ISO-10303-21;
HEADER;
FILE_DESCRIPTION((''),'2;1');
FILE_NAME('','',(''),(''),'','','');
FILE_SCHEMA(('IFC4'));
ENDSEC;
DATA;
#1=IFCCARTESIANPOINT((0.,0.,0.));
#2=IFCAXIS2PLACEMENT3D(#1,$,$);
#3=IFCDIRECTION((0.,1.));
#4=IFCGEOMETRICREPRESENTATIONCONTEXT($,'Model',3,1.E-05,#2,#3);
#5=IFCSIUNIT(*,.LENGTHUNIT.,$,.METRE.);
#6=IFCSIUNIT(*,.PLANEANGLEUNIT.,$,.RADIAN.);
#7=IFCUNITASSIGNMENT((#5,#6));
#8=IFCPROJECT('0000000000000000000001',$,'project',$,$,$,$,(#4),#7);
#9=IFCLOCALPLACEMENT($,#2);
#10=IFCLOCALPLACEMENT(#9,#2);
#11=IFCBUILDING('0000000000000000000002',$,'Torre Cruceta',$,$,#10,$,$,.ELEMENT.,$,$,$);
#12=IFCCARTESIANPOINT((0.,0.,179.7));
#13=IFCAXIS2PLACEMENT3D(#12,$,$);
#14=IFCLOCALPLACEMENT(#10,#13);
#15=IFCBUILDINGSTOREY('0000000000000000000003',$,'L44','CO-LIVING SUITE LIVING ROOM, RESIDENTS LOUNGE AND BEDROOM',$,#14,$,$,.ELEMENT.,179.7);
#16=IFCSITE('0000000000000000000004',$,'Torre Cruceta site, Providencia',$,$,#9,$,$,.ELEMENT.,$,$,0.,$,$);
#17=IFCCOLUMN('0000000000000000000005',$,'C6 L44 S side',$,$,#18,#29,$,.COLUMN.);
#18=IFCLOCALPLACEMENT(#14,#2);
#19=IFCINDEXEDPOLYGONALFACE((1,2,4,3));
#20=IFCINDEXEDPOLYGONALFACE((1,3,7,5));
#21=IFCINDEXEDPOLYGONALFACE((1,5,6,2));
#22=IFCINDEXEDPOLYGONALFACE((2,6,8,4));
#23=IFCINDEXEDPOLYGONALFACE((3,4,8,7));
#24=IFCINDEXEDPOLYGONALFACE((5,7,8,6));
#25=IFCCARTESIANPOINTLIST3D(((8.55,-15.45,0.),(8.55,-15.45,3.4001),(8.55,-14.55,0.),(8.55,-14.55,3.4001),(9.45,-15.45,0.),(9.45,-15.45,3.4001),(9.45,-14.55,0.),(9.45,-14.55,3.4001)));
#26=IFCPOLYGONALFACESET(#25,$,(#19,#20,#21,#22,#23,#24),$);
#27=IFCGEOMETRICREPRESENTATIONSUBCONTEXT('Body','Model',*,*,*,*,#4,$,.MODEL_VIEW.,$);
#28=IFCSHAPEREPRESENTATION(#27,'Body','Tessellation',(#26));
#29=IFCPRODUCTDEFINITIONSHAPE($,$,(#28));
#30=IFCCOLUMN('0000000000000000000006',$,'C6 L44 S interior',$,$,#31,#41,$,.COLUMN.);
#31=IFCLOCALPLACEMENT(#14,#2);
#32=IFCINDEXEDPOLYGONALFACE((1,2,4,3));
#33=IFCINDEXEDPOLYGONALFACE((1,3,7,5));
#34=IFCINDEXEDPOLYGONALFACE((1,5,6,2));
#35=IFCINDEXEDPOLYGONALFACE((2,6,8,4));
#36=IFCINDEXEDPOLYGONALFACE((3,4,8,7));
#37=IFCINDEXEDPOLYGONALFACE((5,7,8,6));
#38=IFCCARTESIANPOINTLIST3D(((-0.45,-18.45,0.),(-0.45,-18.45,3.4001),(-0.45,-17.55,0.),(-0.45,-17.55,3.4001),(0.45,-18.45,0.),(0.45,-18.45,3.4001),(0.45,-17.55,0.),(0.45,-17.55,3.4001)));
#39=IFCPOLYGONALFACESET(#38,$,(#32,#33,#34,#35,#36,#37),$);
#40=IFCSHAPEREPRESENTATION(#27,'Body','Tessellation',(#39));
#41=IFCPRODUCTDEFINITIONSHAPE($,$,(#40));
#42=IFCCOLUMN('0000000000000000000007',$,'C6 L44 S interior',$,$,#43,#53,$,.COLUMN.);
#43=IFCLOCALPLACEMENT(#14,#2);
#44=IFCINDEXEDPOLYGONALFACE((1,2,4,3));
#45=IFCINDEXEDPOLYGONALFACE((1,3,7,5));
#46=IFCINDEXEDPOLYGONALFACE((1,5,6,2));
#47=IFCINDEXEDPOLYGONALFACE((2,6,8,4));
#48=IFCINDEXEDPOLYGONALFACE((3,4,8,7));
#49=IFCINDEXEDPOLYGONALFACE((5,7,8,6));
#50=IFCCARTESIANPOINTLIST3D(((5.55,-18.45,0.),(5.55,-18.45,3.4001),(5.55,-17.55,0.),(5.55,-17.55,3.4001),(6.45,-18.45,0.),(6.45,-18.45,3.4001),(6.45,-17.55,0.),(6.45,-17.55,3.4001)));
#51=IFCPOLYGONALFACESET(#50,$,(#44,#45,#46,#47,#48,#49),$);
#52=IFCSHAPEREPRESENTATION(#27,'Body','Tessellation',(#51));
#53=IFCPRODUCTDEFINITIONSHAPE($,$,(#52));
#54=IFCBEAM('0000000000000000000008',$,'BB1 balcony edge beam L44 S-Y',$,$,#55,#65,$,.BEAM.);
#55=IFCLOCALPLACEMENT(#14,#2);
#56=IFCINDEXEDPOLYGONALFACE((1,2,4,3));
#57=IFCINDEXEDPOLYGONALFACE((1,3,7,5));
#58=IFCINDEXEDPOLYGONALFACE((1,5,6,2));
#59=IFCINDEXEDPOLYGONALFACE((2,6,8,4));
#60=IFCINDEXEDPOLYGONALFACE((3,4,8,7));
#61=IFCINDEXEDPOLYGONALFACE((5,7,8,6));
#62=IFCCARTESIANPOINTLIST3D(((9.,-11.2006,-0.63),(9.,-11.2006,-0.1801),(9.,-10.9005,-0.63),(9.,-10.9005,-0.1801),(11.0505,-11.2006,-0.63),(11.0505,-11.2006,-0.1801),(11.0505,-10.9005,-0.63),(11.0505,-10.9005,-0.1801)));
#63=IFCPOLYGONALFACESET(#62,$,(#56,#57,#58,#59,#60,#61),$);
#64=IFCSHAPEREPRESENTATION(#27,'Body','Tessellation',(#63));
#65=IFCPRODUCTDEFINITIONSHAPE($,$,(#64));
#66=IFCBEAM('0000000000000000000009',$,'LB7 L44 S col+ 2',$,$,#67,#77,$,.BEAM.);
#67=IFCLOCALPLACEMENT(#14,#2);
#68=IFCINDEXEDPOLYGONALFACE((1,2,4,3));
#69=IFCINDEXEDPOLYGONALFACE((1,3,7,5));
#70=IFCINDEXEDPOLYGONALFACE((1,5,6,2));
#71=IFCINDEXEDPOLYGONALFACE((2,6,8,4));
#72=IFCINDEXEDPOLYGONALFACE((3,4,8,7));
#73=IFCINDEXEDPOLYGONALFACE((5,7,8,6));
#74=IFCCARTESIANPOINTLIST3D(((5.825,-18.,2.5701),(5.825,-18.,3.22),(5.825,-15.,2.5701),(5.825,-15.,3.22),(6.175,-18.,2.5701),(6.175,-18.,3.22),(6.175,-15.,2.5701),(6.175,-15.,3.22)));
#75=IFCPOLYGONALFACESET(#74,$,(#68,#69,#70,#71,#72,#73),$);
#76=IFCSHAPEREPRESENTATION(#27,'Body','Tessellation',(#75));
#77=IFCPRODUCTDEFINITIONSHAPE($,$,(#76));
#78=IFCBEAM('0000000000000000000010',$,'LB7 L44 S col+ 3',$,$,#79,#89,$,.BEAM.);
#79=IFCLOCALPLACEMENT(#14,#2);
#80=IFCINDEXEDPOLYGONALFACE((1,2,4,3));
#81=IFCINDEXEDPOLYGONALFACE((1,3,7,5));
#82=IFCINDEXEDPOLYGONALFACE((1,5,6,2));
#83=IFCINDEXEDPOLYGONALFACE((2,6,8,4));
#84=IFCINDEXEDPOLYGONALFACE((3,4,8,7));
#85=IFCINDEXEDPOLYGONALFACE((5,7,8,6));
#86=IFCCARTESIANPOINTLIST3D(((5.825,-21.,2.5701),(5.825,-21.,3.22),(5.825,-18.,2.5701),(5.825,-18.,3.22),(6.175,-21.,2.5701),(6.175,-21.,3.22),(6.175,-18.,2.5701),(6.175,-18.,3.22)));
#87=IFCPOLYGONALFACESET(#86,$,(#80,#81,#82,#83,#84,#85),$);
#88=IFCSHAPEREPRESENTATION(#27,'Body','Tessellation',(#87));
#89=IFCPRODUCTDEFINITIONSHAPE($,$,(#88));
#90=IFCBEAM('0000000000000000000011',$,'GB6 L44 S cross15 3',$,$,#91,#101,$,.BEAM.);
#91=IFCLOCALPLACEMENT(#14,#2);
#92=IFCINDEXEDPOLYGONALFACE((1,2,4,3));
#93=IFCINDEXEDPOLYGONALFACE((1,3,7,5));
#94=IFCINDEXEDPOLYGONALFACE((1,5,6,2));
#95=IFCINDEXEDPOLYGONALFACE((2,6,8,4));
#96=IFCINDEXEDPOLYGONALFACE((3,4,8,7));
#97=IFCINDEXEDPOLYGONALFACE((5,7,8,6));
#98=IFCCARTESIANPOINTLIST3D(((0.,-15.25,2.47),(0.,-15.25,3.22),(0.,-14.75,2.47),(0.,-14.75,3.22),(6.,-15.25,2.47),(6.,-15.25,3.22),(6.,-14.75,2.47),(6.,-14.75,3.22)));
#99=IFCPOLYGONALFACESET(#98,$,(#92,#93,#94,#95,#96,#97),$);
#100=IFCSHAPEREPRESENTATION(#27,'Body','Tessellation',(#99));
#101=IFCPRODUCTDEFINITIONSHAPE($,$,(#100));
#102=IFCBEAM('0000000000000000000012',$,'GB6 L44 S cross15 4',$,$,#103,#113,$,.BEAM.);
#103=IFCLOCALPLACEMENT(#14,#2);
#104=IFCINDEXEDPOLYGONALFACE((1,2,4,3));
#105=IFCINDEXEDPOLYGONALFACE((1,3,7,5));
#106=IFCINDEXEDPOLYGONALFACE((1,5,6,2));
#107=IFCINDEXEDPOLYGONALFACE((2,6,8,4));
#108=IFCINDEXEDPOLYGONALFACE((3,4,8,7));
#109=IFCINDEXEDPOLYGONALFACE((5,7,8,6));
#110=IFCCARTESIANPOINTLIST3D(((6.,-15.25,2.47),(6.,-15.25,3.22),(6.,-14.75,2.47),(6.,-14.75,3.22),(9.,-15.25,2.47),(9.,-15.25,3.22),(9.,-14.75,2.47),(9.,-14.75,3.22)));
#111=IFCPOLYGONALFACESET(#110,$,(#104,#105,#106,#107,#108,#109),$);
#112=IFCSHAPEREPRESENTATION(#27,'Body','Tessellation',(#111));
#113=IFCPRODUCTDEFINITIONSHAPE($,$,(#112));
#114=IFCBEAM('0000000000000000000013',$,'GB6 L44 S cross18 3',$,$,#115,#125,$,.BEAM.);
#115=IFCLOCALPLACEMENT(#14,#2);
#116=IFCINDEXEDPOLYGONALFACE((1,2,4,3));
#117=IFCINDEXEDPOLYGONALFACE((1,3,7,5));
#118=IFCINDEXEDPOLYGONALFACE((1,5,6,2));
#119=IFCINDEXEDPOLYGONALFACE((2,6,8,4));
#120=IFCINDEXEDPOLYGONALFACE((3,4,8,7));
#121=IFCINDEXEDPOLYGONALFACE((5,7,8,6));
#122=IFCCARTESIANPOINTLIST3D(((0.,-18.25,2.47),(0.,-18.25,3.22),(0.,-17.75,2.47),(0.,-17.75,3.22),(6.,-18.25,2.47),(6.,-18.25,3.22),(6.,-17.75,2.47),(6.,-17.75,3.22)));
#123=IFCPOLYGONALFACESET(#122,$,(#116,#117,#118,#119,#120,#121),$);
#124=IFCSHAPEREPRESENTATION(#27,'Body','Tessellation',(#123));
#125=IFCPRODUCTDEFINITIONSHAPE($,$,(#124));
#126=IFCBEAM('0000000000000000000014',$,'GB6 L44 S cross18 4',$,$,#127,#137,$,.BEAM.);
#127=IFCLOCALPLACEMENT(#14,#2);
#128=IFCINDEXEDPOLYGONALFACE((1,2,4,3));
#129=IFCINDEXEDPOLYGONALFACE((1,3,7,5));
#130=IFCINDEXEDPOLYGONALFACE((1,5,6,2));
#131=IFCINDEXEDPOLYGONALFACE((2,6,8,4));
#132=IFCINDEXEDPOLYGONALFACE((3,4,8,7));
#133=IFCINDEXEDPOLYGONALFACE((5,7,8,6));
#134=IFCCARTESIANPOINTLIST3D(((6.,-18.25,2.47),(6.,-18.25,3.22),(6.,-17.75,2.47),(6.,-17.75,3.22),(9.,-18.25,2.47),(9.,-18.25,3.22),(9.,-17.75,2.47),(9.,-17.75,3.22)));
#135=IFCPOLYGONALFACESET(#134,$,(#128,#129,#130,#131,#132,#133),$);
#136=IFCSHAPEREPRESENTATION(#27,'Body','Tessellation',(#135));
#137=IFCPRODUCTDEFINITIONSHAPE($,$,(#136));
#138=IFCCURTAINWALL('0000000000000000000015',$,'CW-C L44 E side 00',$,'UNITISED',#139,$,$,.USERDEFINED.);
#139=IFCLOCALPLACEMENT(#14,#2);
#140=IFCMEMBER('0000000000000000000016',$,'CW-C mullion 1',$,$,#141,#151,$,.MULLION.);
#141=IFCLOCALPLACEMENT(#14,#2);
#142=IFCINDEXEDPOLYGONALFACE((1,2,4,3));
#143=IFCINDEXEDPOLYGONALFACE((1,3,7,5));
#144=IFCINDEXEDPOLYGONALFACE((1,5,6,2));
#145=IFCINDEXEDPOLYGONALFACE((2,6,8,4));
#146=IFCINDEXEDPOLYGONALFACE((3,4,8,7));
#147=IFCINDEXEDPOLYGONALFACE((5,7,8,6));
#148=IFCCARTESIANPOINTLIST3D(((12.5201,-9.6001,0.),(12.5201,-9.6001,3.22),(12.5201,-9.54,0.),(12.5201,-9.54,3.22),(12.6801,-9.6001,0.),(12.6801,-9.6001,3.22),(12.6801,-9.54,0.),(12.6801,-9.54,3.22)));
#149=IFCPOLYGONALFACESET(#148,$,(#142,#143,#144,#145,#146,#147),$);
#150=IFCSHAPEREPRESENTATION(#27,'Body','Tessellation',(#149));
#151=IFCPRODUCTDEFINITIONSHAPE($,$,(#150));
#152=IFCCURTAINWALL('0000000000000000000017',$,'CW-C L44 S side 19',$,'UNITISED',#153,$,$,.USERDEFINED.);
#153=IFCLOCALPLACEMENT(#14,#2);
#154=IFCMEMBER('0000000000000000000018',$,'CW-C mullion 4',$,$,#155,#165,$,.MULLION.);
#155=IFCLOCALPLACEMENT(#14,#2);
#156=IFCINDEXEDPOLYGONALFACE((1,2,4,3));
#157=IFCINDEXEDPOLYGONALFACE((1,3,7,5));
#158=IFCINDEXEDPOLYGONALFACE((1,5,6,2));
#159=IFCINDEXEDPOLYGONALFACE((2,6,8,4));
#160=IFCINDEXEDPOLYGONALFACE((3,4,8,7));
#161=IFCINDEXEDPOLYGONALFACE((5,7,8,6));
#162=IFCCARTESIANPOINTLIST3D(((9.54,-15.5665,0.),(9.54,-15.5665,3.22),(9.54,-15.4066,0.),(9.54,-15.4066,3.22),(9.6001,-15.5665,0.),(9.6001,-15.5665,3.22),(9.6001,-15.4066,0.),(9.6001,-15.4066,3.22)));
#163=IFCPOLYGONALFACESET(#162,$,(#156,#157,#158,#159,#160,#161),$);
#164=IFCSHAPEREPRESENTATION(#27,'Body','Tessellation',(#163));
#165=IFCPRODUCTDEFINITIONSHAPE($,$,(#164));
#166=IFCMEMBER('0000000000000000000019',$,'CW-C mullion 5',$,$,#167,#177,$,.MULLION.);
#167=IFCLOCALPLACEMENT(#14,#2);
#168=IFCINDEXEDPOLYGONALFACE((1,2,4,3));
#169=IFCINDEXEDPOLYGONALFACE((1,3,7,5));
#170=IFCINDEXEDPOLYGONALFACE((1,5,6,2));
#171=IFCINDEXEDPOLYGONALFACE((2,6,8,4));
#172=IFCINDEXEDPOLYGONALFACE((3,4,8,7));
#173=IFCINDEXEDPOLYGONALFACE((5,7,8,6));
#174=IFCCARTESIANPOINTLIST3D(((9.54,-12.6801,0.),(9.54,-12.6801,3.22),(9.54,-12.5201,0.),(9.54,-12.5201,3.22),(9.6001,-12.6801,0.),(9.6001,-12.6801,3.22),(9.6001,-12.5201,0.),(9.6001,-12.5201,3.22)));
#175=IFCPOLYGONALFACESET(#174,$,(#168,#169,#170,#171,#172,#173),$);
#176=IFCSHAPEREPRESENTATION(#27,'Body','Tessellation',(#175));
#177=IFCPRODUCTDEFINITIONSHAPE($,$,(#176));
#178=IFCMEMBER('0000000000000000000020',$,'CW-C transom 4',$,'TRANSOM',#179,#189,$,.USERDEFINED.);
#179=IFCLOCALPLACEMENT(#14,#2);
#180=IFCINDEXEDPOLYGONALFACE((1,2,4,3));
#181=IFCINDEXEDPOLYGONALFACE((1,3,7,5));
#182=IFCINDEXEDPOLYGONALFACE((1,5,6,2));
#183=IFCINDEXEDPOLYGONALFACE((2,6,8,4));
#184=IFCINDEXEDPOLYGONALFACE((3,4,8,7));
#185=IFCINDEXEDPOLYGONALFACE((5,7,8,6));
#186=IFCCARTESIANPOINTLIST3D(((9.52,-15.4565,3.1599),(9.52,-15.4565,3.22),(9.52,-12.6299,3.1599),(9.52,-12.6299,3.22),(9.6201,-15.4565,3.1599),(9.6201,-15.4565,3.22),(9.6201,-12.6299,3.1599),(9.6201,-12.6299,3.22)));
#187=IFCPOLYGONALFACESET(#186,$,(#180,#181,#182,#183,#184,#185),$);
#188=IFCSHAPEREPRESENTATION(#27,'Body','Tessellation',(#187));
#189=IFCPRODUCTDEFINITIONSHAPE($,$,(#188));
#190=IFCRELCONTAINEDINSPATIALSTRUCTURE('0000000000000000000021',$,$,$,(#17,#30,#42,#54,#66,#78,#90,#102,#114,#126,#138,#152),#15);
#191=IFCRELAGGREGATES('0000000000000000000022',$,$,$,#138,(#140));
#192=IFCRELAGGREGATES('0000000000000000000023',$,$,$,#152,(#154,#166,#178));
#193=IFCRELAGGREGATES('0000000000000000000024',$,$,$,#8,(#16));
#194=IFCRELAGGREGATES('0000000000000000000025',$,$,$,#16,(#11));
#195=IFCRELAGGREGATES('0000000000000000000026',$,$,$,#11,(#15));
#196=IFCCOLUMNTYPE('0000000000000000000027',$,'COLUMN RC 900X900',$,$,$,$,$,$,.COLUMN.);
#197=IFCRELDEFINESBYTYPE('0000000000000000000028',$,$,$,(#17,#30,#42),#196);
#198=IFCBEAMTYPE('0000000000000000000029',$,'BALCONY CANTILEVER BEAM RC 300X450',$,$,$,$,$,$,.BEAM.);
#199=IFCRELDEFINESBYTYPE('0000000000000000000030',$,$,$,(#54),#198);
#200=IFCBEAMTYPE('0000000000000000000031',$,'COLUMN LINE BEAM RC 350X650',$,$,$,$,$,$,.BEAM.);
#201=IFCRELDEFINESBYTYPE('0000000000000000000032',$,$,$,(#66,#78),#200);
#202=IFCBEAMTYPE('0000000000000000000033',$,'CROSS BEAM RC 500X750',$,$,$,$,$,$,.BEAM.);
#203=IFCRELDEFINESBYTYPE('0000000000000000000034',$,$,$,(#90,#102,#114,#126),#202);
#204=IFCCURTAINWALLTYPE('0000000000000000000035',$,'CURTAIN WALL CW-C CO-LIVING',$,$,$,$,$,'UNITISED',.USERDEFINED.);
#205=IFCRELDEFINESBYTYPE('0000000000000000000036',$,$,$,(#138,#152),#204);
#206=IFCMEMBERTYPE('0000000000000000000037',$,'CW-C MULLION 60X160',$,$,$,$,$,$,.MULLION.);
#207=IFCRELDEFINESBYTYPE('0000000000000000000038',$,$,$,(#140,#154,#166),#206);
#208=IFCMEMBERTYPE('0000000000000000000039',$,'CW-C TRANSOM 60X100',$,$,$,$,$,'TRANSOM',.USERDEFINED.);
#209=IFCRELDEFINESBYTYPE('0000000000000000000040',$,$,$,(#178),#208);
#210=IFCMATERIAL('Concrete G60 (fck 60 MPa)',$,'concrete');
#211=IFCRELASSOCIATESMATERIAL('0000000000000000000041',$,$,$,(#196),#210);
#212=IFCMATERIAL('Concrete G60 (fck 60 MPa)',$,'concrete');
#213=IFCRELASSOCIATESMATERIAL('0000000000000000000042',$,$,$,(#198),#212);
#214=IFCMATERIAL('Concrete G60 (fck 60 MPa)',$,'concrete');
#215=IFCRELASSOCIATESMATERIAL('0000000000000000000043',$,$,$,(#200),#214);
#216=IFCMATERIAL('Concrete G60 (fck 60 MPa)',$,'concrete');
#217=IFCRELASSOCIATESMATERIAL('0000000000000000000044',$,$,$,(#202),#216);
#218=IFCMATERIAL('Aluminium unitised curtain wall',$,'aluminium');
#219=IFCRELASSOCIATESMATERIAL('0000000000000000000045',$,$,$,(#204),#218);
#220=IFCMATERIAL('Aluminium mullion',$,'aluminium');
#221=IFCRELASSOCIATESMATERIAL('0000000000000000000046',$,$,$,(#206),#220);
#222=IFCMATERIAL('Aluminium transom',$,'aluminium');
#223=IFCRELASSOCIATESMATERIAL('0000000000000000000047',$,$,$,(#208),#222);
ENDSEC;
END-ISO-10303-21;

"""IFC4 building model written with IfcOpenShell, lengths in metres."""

from ifc_helpers import new_model, si_unit, direction, frame, origin, origin_2d, place, context, subcontext, project, spatial, rectangle, extrude, material, material_profile, profile_set, type_object, element, aggregate, save


model = new_model("IFC4")

# Units and contexts
model_context = context("Model", 3, precision=1e-05, world=origin(), true_north=direction((0.0, 1.0)))
body_context = subcontext(model_context, "Body", "Model", "MODEL_VIEW")
ifc_project = project(units=[si_unit("LENGTHUNIT", "METRE"), si_unit("PLANEANGLEUNIT", "RADIAN")], contexts=[model_context])

# Site, building, storey
site_placement = place(None, origin())
site = spatial("IfcSite", under=ifc_project, at=site_placement, Name="Torre Cruceta site, Providencia", CompositionType="ELEMENT", RefElevation=0.0)
building_placement = place(site_placement, origin())
building = spatial("IfcBuilding", under=site, at=building_placement, Name="Torre Cruceta", CompositionType="ELEMENT")
storey_placement = place(building_placement, frame((0.0, 0.0, 179.7)))
storey = spatial("IfcBuildingStorey", under=building, at=storey_placement, Name="L44", Description="CO-LIVING SUITE LIVING ROOM, RESIDENTS LOUNGE AND BEDROOM", CompositionType="ELEMENT", Elevation=179.7)

# Columns
ifc_material_1 = material(Name="Concrete G60 (fck 60 MPa)", Category="concrete")
ifc_material_profile_1 = material_profile(ifc_material_1, rectangle(XDim=0.8999, YDim=0.8999, at=origin_2d()), Name="RC 900X900")
ifc_profile_set_1 = profile_set([ifc_material_profile_1], Name="Concrete G60 (fck 60 MPa)")
column_type = type_object("IfcColumnType", Name="COLUMN RC 900X900", PredefinedType="COLUMN", material=ifc_profile_set_1)
for number, where, z_axis, x_axis, name in (
    (1, (9.0, -15.0, 0.0), (0.0, 0.0, 1.0), (1.0, 0.0, 0.0), "C6 L44 S side"),
    (2, (0.0, -18.0, 0.0), (0.0, 0.0, 1.0), (1.0, 0.0, 0.0), "C6 L44 S interior"),
    (3, (6.0, -18.0, 0.0), (0.0, 0.0, 1.0), (1.0, 0.0, 0.0), "C6 L44 S interior"),
):
    element("IfcColumn", number, at=place(storey_placement, frame(where, z_axis=z_axis, x_axis=x_axis)), inside=storey, type_object=column_type, Name=name, PredefinedType="COLUMN", context=body_context, shape_type="SweptSolid", body=[
        extrude(rectangle(XDim=0.8999, YDim=0.8999, at=origin_2d()), origin(), (0.0, 0.0, 1.0), 3.4001),
    ])

# Beams
ifc_material_2 = material(Name="Concrete G60 (fck 60 MPa)", Category="concrete")
ifc_material_profile_2 = material_profile(ifc_material_2, rectangle(XDim=0.3, YDim=0.45, at=origin_2d()), Name="RC 300X450")
ifc_profile_set_2 = profile_set([ifc_material_profile_2], Name="Concrete G60 (fck 60 MPa)")
beam_type_1 = type_object("IfcBeamType", Name="BALCONY CANTILEVER BEAM RC 300X450", PredefinedType="BEAM", material=ifc_profile_set_2)
beam_1_placement = place(storey_placement, frame((9.0, -11.0505, -0.405), z_axis=(1.0, 0.0, 0.0), x_axis=(0.0, 1.0, 0.0)))
element("IfcBeam", 4, at=beam_1_placement, inside=storey, type_object=beam_type_1, Name="BB1 balcony edge beam L44 S-Y", PredefinedType="BEAM", context=body_context, shape_type="SweptSolid", body=[
    extrude(rectangle(XDim=0.3, YDim=0.45, at=origin_2d()), origin(), (0.0, 0.0, 1.0), 2.0505),
])
ifc_material_3 = material(Name="Concrete G60 (fck 60 MPa)", Category="concrete")
ifc_material_profile_3 = material_profile(ifc_material_3, rectangle(XDim=0.3501, YDim=0.6499, at=origin_2d()), Name="RC 350X650")
ifc_profile_set_3 = profile_set([ifc_material_profile_3], Name="Concrete G60 (fck 60 MPa)")
beam_type_2 = type_object("IfcBeamType", Name="COLUMN LINE BEAM RC 350X650", PredefinedType="BEAM", material=ifc_profile_set_3)
for number, where, z_axis, x_axis, name in (
    (5, (6.0, -15.0, 2.895), (0.0, -1.0, 0.0), (1.0, 0.0, 0.0), "LB7 L44 S col+ 2"),
    (6, (6.0, -18.0, 2.895), (0.0, -1.0, 0.0), (1.0, 0.0, 0.0), "LB7 L44 S col+ 3"),
):
    element("IfcBeam", number, at=place(storey_placement, frame(where, z_axis=z_axis, x_axis=x_axis)), inside=storey, type_object=beam_type_2, Name=name, PredefinedType="BEAM", context=body_context, shape_type="SweptSolid", body=[
        extrude(rectangle(XDim=0.3501, YDim=0.6499, at=origin_2d()), origin(), (0.0, 0.0, 1.0), 3.0),
    ])
ifc_material_4 = material(Name="Concrete G60 (fck 60 MPa)", Category="concrete")
ifc_material_profile_4 = material_profile(ifc_material_4, rectangle(XDim=0.5, YDim=0.75, at=origin_2d()), Name="RC 500X750")
ifc_profile_set_4 = profile_set([ifc_material_profile_4], Name="Concrete G60 (fck 60 MPa)")
beam_type_3 = type_object("IfcBeamType", Name="CROSS BEAM RC 500X750", PredefinedType="BEAM", material=ifc_profile_set_4)
beam_2_placement = place(storey_placement, frame((0.0, -15.0, 2.845), z_axis=(1.0, 0.0, 0.0), x_axis=(0.0, 1.0, 0.0)))
element("IfcBeam", 7, at=beam_2_placement, inside=storey, type_object=beam_type_3, Name="GB6 L44 S cross15 3", PredefinedType="BEAM", context=body_context, shape_type="SweptSolid", body=[
    extrude(rectangle(XDim=0.5, YDim=0.75, at=origin_2d()), origin(), (0.0, 0.0, 1.0), 6.0),
])
beam_3_placement = place(storey_placement, frame((6.0, -15.0, 2.845), z_axis=(1.0, 0.0, 0.0), x_axis=(0.0, 1.0, 0.0)))
element("IfcBeam", 8, at=beam_3_placement, inside=storey, type_object=beam_type_3, Name="GB6 L44 S cross15 4", PredefinedType="BEAM", context=body_context, shape_type="SweptSolid", body=[
    extrude(rectangle(XDim=0.5, YDim=0.75, at=origin_2d()), origin(), (0.0, 0.0, 1.0), 3.0),
])
beam_4_placement = place(storey_placement, frame((0.0, -18.0, 2.845), z_axis=(1.0, 0.0, 0.0), x_axis=(0.0, 1.0, 0.0)))
element("IfcBeam", 9, at=beam_4_placement, inside=storey, type_object=beam_type_3, Name="GB6 L44 S cross18 3", PredefinedType="BEAM", context=body_context, shape_type="SweptSolid", body=[
    extrude(rectangle(XDim=0.5, YDim=0.75, at=origin_2d()), origin(), (0.0, 0.0, 1.0), 6.0),
])
beam_5_placement = place(storey_placement, frame((6.0, -18.0, 2.845), z_axis=(1.0, 0.0, 0.0), x_axis=(0.0, 1.0, 0.0)))
element("IfcBeam", 10, at=beam_5_placement, inside=storey, type_object=beam_type_3, Name="GB6 L44 S cross18 4", PredefinedType="BEAM", context=body_context, shape_type="SweptSolid", body=[
    extrude(rectangle(XDim=0.5, YDim=0.75, at=origin_2d()), origin(), (0.0, 0.0, 1.0), 3.0),
])

# Curtain wall, member
ifc_material_5 = material(Name="Aluminium unitised curtain wall", Category="aluminium")
curtain_wall_type = type_object("IfcCurtainWallType", Name="CURTAIN WALL CW-C CO-LIVING", ElementType="UNITISED", PredefinedType="USERDEFINED", material=ifc_material_5)
curtain_wall_1_placement = place(storey_placement, origin())
curtain_wall_1 = element("IfcCurtainWall", 11, at=curtain_wall_1_placement, inside=storey, type_object=curtain_wall_type, Name="CW-C L44 E side 00", ObjectType="UNITISED", PredefinedType="USERDEFINED")
ifc_material_6 = material(Name="Aluminium mullion", Category="aluminium")
ifc_material_profile_5 = material_profile(ifc_material_6, rectangle(XDim=0.0601, YDim=0.1599, at=origin_2d()), Name="AL 60X160")
ifc_profile_set_5 = profile_set([ifc_material_profile_5], Name="Aluminium mullion")
member_type_1 = type_object("IfcMemberType", Name="CW-C MULLION 60X160", PredefinedType="MULLION", material=ifc_profile_set_5)
member_1_placement = place(storey_placement, frame((12.6001, -9.5701, 0.0), z_axis=(0.0, 0.0, 1.0), x_axis=(0.0, 1.0, 0.0)))
member_1 = element("IfcMember", 12, at=member_1_placement, type_object=member_type_1, Name="CW-C mullion 1", PredefinedType="MULLION", context=body_context, shape_type="SweptSolid", body=[
    extrude(rectangle(XDim=0.0601, YDim=0.1599, at=origin_2d()), origin(), (0.0, 0.0, 1.0), 3.22),
])
aggregate(curtain_wall_1, [member_1])

# Curtain wall, members
curtain_wall_2_placement = place(storey_placement, origin())
curtain_wall_2 = element("IfcCurtainWall", 13, at=curtain_wall_2_placement, inside=storey, type_object=curtain_wall_type, Name="CW-C L44 S side 19", ObjectType="UNITISED", PredefinedType="USERDEFINED")
member_2_placement = place(storey_placement, frame((9.5701, -15.4866, 0.0), z_axis=(0.0, 0.0, 1.0), x_axis=(-1.0, 0.0, 0.0)))
member_2 = element("IfcMember", 14, at=member_2_placement, type_object=member_type_1, Name="CW-C mullion 4", PredefinedType="MULLION", context=body_context, shape_type="SweptSolid", body=[
    extrude(rectangle(XDim=0.0601, YDim=0.1599, at=origin_2d()), origin(), (0.0, 0.0, 1.0), 3.22),
])
member_3_placement = place(storey_placement, frame((9.5701, -12.6001, 0.0), z_axis=(0.0, 0.0, 1.0), x_axis=(-1.0, 0.0, 0.0)))
member_3 = element("IfcMember", 15, at=member_3_placement, type_object=member_type_1, Name="CW-C mullion 5", PredefinedType="MULLION", context=body_context, shape_type="SweptSolid", body=[
    extrude(rectangle(XDim=0.0601, YDim=0.1599, at=origin_2d()), origin(), (0.0, 0.0, 1.0), 3.22),
])
ifc_material_7 = material(Name="Aluminium transom", Category="aluminium")
ifc_material_profile_6 = material_profile(ifc_material_7, rectangle(XDim=0.1001, YDim=0.0601, at=origin_2d()), Name="AL 100X60")
ifc_profile_set_6 = profile_set([ifc_material_profile_6], Name="Aluminium transom")
member_type_2 = type_object("IfcMemberType", Name="CW-C TRANSOM 60X100", ElementType="TRANSOM", PredefinedType="USERDEFINED", material=ifc_profile_set_6)
member_4_placement = place(storey_placement, frame((9.5701, -15.4565, 3.1899), z_axis=(0.0, 1.0, 0.0), x_axis=(-1.0, 0.0, 0.0)))
member_4 = element("IfcMember", 16, at=member_4_placement, type_object=member_type_2, Name="CW-C transom 4", ObjectType="TRANSOM", PredefinedType="USERDEFINED", context=body_context, shape_type="SweptSolid", body=[
    extrude(rectangle(XDim=0.1001, YDim=0.0601, at=origin_2d()), origin(), (0.0, 0.0, 1.0), 2.8267),
])

aggregate(curtain_wall_2, [member_2, member_3, member_4])

save(model, "model.ifc")
